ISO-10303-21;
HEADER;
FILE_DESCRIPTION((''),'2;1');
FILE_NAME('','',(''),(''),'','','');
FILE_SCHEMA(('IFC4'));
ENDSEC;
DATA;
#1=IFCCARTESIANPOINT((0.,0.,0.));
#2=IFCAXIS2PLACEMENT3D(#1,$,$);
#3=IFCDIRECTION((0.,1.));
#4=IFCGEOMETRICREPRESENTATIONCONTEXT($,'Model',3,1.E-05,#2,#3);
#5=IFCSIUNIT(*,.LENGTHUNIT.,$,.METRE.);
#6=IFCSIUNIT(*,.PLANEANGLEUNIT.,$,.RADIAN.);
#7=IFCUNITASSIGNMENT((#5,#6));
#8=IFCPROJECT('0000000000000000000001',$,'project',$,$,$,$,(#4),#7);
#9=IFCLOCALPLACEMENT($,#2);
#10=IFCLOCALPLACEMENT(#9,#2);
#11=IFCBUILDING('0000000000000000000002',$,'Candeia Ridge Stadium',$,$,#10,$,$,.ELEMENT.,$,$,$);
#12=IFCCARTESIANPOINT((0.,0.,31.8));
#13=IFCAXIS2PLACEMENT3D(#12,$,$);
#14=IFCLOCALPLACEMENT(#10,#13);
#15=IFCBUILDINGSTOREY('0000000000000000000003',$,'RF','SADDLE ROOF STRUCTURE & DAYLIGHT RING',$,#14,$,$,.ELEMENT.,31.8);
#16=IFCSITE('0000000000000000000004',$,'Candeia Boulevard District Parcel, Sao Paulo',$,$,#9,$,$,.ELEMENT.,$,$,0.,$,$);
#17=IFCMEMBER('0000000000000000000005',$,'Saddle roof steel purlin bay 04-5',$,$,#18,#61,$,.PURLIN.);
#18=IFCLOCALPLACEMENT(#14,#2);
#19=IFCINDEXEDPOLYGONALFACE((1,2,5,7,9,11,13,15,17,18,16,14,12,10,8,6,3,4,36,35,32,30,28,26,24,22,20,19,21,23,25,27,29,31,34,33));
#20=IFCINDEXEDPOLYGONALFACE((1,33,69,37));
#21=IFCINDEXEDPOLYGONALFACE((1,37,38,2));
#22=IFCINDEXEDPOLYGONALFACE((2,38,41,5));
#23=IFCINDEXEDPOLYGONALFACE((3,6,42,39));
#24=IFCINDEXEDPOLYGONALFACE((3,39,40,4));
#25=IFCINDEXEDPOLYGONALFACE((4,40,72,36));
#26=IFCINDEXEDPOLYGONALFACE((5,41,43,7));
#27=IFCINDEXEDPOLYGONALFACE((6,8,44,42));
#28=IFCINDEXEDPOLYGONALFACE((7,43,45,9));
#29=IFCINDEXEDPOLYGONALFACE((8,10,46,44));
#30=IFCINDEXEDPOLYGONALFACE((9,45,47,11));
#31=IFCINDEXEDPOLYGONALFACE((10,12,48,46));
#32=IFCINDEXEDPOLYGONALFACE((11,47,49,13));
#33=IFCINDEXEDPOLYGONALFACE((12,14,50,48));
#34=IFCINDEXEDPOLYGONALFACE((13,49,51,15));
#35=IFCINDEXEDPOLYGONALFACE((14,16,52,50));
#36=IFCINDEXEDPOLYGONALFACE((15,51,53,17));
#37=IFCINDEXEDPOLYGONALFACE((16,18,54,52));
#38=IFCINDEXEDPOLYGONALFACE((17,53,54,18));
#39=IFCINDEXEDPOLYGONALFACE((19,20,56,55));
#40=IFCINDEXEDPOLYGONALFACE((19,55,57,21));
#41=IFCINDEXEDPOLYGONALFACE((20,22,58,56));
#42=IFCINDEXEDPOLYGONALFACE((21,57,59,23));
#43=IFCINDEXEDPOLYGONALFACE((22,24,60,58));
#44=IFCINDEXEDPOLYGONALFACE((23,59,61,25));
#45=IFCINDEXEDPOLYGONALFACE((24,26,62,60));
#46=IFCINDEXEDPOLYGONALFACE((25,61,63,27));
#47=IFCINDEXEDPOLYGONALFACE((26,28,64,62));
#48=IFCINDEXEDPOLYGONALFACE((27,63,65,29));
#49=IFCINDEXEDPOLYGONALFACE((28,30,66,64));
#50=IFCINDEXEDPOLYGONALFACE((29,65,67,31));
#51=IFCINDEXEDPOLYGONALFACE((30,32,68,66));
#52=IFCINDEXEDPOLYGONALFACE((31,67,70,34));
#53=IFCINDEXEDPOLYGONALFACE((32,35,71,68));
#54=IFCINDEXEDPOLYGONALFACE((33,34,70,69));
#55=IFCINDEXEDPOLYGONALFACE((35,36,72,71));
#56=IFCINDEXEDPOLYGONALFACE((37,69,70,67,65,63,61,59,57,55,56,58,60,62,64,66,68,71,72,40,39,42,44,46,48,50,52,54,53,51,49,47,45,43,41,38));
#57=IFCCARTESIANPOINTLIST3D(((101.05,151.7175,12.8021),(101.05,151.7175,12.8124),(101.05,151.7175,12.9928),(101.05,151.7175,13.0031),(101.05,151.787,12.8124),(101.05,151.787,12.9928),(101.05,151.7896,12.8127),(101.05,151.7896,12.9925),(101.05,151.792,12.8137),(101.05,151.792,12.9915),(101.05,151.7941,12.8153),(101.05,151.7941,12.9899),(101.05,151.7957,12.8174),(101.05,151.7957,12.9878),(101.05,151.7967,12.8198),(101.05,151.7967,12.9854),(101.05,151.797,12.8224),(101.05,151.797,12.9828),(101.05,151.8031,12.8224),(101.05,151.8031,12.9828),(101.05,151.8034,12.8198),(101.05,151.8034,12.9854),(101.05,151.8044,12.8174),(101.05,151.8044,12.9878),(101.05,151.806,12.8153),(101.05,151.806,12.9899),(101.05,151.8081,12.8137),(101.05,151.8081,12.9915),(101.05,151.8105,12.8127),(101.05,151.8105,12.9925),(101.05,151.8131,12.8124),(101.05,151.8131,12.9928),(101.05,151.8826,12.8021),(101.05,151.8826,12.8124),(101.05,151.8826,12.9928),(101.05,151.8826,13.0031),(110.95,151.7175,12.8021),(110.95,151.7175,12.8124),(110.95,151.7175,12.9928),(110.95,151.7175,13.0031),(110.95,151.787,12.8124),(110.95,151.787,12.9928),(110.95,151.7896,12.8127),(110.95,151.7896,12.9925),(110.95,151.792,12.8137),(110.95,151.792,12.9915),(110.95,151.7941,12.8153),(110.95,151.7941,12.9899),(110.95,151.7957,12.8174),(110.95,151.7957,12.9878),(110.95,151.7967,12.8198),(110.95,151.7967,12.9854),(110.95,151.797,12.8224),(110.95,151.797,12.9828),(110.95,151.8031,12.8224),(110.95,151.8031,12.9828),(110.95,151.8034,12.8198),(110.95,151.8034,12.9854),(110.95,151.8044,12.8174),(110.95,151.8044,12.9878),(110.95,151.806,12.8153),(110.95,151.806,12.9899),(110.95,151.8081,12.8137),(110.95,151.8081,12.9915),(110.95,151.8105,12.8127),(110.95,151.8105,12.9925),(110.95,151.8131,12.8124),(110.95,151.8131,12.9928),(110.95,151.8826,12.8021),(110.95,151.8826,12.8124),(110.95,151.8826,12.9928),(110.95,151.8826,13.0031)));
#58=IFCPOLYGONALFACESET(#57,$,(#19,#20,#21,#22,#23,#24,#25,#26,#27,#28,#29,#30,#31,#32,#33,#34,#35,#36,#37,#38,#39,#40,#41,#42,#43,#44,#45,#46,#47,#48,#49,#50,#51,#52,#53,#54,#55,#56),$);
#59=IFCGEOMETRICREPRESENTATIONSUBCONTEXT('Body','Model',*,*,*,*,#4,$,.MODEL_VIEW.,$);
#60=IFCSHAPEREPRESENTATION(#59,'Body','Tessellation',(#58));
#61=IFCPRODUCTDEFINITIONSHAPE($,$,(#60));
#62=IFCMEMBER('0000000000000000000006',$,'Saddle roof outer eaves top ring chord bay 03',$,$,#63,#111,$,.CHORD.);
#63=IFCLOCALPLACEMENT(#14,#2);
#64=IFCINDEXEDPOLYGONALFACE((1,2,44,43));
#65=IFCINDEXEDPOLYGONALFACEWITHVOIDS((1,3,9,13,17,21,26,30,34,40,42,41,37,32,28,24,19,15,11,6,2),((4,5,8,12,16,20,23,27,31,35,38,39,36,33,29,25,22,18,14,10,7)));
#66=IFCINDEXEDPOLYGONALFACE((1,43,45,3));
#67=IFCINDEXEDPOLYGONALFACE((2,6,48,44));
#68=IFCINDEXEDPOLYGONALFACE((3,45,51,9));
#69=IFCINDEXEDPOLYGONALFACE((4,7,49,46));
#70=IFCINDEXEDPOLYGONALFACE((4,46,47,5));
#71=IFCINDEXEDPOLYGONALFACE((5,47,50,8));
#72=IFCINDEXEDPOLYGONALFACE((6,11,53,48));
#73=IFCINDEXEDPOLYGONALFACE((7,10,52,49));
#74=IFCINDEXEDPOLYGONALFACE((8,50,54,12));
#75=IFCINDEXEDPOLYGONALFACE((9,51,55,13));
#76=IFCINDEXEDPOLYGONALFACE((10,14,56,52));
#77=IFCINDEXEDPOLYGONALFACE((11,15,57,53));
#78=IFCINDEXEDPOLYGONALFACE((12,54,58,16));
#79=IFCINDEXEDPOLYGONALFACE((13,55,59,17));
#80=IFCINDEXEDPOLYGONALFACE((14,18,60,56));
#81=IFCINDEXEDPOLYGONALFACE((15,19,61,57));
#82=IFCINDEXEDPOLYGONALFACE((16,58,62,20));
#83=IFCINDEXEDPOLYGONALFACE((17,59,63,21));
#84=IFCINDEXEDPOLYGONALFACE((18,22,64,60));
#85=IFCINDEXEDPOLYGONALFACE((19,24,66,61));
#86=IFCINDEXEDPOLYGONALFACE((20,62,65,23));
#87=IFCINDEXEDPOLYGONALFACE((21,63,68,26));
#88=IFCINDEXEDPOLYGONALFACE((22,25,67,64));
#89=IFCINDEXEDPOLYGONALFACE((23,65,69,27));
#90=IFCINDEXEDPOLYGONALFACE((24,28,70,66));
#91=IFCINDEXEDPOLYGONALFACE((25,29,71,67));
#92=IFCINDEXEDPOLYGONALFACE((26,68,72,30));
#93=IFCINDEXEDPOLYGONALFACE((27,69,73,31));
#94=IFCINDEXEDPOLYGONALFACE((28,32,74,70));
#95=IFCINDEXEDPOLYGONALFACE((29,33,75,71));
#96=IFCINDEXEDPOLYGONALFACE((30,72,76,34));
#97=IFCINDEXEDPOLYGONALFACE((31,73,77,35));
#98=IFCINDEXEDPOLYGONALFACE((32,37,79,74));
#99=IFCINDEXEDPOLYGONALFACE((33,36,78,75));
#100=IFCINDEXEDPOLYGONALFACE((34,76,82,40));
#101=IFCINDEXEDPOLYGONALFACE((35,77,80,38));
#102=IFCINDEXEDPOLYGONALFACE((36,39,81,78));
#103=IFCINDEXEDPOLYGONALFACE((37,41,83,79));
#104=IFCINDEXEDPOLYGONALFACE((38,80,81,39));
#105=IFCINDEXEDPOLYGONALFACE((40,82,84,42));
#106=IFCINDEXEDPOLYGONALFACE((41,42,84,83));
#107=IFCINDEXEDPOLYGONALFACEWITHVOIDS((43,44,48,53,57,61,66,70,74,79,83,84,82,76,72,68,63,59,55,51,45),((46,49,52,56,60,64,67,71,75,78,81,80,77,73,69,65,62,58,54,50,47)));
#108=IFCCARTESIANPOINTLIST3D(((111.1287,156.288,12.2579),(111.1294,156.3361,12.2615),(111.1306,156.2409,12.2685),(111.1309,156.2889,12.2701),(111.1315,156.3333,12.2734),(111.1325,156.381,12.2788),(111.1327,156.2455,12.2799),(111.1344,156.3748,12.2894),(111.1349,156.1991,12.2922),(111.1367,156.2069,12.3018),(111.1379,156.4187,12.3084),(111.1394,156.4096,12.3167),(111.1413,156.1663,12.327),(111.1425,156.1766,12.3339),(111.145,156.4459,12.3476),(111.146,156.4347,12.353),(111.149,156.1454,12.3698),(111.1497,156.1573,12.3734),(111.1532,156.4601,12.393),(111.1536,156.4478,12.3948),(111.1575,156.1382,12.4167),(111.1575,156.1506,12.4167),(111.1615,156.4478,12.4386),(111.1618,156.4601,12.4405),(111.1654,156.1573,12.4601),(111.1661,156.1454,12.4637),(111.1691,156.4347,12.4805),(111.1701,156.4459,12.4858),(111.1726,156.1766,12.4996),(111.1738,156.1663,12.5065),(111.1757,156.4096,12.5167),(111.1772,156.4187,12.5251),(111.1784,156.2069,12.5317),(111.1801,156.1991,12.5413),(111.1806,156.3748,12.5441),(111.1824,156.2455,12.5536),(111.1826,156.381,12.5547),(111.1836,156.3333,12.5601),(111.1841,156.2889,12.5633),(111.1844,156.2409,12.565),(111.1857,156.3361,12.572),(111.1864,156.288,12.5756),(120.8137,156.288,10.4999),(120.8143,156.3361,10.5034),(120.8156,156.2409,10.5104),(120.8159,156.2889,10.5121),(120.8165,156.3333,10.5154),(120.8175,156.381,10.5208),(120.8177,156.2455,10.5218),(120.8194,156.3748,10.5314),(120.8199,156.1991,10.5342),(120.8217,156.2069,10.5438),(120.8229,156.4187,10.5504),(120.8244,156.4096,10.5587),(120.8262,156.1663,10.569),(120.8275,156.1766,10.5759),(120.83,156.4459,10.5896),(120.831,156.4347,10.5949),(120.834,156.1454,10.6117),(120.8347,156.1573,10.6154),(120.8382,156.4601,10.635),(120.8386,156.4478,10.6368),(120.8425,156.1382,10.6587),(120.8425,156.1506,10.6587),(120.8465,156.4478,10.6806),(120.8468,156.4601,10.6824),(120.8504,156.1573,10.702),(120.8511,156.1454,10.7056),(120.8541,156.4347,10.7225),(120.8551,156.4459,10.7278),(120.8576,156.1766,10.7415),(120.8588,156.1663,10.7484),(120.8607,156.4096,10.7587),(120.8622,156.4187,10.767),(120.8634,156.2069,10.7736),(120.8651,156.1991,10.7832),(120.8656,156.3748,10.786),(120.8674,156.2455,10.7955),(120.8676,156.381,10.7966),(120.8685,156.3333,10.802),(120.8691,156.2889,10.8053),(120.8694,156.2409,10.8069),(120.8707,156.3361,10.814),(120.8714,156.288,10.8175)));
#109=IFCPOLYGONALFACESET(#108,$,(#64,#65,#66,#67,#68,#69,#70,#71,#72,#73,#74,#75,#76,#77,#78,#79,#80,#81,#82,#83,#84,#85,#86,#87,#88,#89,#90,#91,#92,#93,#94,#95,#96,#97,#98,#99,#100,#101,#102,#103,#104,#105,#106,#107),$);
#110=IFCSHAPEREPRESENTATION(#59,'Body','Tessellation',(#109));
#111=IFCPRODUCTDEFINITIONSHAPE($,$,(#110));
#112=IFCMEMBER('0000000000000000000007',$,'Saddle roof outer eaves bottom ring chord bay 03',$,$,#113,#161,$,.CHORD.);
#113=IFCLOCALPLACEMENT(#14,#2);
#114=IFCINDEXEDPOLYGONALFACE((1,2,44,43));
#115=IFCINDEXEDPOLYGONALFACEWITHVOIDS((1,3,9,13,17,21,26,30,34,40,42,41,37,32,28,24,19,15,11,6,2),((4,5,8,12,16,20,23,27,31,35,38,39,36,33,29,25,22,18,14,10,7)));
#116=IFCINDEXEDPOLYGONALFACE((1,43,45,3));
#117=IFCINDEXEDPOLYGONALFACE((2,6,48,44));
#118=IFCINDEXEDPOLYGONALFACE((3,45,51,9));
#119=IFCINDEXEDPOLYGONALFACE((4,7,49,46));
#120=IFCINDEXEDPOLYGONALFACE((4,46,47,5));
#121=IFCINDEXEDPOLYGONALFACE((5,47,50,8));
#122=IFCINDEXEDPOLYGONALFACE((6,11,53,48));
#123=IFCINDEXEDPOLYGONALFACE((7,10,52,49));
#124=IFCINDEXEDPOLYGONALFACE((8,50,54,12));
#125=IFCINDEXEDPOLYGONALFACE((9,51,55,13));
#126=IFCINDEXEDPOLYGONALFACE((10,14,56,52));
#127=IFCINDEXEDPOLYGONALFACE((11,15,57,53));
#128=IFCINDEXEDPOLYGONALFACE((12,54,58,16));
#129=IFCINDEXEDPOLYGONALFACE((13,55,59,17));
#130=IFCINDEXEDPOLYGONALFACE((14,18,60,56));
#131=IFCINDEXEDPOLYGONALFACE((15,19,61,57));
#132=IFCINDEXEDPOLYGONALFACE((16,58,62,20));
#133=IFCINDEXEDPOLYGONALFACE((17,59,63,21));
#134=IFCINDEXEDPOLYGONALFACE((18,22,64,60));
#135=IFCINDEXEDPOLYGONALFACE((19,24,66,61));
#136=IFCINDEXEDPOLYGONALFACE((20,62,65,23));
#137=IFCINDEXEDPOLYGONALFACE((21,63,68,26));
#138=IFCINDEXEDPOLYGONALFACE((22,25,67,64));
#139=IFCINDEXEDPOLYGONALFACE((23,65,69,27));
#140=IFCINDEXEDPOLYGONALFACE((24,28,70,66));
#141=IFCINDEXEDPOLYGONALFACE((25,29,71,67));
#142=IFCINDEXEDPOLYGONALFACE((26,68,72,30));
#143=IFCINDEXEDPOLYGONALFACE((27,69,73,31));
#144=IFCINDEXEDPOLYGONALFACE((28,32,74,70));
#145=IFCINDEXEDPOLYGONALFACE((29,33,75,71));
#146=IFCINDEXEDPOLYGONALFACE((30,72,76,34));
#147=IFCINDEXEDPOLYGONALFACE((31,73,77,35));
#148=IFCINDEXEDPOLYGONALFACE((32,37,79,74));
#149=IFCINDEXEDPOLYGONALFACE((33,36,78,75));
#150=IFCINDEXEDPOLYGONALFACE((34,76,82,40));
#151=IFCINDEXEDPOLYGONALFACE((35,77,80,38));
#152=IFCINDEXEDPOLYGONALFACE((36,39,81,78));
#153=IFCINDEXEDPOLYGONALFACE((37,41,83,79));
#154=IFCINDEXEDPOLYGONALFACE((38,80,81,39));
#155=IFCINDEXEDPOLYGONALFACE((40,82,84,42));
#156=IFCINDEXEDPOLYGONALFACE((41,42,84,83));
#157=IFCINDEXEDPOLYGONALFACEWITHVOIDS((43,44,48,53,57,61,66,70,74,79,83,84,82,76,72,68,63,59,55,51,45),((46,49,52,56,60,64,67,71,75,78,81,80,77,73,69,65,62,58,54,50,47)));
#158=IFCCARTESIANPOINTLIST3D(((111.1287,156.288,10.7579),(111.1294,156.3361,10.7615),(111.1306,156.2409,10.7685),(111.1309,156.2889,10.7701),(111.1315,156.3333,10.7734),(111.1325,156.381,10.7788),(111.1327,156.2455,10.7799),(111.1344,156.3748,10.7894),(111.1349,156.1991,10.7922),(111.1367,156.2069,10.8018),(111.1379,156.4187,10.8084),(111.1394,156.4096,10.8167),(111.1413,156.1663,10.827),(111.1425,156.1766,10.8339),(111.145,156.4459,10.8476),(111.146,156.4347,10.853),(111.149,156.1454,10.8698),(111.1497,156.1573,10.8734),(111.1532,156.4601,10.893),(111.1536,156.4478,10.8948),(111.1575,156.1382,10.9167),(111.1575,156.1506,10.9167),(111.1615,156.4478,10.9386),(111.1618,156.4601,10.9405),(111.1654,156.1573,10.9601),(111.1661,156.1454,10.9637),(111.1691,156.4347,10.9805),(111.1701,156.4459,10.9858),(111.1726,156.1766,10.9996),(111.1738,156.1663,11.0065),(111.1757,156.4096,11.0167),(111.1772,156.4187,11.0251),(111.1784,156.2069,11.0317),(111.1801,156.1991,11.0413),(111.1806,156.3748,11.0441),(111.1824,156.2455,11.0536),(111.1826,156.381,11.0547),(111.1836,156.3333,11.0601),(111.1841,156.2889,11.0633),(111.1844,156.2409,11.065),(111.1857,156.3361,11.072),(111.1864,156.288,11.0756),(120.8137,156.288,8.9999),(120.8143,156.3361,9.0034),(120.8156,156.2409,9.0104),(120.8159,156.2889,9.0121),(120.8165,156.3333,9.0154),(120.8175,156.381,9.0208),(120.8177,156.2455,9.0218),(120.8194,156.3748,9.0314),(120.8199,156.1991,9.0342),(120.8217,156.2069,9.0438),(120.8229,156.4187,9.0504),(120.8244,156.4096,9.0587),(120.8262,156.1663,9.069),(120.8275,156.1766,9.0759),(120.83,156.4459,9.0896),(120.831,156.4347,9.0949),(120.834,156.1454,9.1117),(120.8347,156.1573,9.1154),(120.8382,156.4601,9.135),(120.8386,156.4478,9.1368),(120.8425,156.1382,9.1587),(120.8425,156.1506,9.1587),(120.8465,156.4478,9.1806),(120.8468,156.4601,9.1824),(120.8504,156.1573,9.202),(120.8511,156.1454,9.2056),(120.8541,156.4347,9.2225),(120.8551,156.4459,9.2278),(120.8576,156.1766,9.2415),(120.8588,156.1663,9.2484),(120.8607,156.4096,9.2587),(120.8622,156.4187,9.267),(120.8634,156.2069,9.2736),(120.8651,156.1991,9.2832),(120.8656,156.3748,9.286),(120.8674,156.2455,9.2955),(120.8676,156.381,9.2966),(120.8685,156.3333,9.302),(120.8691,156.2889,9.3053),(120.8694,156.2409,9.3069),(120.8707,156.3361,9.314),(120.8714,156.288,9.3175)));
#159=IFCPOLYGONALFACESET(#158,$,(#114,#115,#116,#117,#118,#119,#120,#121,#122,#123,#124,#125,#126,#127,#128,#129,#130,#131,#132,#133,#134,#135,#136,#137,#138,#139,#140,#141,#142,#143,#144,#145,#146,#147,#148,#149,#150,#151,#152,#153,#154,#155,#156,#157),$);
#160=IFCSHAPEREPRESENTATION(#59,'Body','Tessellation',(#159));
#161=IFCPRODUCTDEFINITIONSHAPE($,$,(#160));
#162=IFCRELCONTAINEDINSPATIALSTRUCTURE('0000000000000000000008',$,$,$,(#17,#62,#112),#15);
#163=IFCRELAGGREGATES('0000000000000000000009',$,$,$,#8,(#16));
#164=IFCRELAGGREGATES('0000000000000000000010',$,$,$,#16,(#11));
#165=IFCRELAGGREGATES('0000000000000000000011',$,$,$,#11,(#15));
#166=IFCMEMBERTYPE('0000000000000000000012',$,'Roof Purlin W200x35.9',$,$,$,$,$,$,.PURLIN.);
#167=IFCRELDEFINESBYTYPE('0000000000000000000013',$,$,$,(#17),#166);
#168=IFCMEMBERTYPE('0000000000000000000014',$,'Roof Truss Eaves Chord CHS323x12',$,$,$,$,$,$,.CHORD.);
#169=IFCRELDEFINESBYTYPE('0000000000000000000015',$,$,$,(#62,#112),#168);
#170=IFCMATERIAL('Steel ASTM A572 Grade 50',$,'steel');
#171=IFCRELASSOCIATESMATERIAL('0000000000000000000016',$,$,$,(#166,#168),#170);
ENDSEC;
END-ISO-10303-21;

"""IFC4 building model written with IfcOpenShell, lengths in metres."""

from ifc_helpers import new_model, si_unit, direction, frame, origin, origin_2d, place, context, subcontext, project, spatial, hollow_circle, i_section, extrude, material, material_profile, profile_set, type_object, element, save


model = new_model("IFC4")

# Units and contexts
model_context = context("Model", 3, precision=1e-05, world=origin(), true_north=direction((0.0, 1.0)))
body_context = subcontext(model_context, "Body", "Model", "MODEL_VIEW")
ifc_project = project(units=[si_unit("LENGTHUNIT", "METRE"), si_unit("PLANEANGLEUNIT", "RADIAN")], contexts=[model_context])

# Site, building, storey
site_placement = place(None, origin())
site = spatial("IfcSite", under=ifc_project, at=site_placement, Name="Candeia Boulevard District Parcel, Sao Paulo", CompositionType="ELEMENT", RefElevation=0.0)
building_placement = place(site_placement, origin())
building = spatial("IfcBuilding", under=site, at=building_placement, Name="Candeia Ridge Stadium", CompositionType="ELEMENT")
storey_placement = place(building_placement, frame((0.0, 0.0, 31.8)))
storey = spatial("IfcBuildingStorey", under=building, at=storey_placement, Name="RF", Description="SADDLE ROOF STRUCTURE & DAYLIGHT RING", CompositionType="ELEMENT", Elevation=31.8)

# Shared definitions
ifc_material_1 = material(Name="Steel ASTM A572 Grade 50", Category="steel")

# Members
ifc_material_profile_1 = material_profile(ifc_material_1, i_section(OverallWidth=0.165, OverallDepth=0.2009, WebThickness=0.0061, FlangeThickness=0.0103, FilletRadius=0.01, at=origin_2d()), Name="W200x35.9", Category="steel")
ifc_profile_set_1 = profile_set([ifc_material_profile_1], Name="Steel ASTM A572 Grade 50")
member_type_1 = type_object("IfcMemberType", Name="Roof Purlin W200x35.9", PredefinedType="PURLIN", material=ifc_profile_set_1)
for number, where, z_axis, x_axis, name in (
    (1, (110.95, 151.8, 12.9026), (-1.0, 0.0, 0.0), (0.0, -1.0, 0.0), "Saddle roof steel purlin bay 04-5"),
):
    element("IfcMember", number, at=place(storey_placement, frame(where, z_axis=z_axis, x_axis=x_axis)), inside=storey, type_object=member_type_1, Name=name, PredefinedType="PURLIN", context=body_context, shape_type="SweptSolid", body=[
        extrude(i_section(OverallWidth=0.165, OverallDepth=0.2009, WebThickness=0.0061, FlangeThickness=0.0103, FilletRadius=0.01, at=origin_2d()), origin(), (0.0, 0.0, 1.0), 9.8999),
    ])
ifc_material_profile_2 = material_profile(ifc_material_1, hollow_circle(Radius=0.1619, WallThickness=0.0125, at=origin_2d()), Name="CHS323x12", Category="steel")
ifc_profile_set_2 = profile_set([ifc_material_profile_2], Name="Steel ASTM A572 Grade 50")
member_type_2 = type_object("IfcMemberType", Name="Roof Truss Eaves Chord CHS323x12", PredefinedType="CHORD", material=ifc_profile_set_2)
for number, where, z_axis, x_axis, name in (
    (2, (120.8425, 156.3, 10.6587), (-0.983921, 0.0, 0.178604), (0.0, -1.0, 0.0), "Saddle roof outer eaves top ring chord bay 03"),
    (3, (120.8425, 156.3, 9.1587), (-0.983921, 0.0, 0.178604), (0.0, -1.0, 0.0), "Saddle roof outer eaves bottom ring chord bay 03"),
):
    element("IfcMember", number, at=place(storey_placement, frame(where, z_axis=z_axis, x_axis=x_axis)), inside=storey, type_object=member_type_2, Name=name, PredefinedType="CHORD", context=body_context, shape_type="SweptSolid", body=[
        extrude(hollow_circle(Radius=0.1619, WallThickness=0.0125, at=origin_2d()), origin(), (0.0, 0.0, 1.0), 9.8433),
    ])

save(model, "model.ifc")
